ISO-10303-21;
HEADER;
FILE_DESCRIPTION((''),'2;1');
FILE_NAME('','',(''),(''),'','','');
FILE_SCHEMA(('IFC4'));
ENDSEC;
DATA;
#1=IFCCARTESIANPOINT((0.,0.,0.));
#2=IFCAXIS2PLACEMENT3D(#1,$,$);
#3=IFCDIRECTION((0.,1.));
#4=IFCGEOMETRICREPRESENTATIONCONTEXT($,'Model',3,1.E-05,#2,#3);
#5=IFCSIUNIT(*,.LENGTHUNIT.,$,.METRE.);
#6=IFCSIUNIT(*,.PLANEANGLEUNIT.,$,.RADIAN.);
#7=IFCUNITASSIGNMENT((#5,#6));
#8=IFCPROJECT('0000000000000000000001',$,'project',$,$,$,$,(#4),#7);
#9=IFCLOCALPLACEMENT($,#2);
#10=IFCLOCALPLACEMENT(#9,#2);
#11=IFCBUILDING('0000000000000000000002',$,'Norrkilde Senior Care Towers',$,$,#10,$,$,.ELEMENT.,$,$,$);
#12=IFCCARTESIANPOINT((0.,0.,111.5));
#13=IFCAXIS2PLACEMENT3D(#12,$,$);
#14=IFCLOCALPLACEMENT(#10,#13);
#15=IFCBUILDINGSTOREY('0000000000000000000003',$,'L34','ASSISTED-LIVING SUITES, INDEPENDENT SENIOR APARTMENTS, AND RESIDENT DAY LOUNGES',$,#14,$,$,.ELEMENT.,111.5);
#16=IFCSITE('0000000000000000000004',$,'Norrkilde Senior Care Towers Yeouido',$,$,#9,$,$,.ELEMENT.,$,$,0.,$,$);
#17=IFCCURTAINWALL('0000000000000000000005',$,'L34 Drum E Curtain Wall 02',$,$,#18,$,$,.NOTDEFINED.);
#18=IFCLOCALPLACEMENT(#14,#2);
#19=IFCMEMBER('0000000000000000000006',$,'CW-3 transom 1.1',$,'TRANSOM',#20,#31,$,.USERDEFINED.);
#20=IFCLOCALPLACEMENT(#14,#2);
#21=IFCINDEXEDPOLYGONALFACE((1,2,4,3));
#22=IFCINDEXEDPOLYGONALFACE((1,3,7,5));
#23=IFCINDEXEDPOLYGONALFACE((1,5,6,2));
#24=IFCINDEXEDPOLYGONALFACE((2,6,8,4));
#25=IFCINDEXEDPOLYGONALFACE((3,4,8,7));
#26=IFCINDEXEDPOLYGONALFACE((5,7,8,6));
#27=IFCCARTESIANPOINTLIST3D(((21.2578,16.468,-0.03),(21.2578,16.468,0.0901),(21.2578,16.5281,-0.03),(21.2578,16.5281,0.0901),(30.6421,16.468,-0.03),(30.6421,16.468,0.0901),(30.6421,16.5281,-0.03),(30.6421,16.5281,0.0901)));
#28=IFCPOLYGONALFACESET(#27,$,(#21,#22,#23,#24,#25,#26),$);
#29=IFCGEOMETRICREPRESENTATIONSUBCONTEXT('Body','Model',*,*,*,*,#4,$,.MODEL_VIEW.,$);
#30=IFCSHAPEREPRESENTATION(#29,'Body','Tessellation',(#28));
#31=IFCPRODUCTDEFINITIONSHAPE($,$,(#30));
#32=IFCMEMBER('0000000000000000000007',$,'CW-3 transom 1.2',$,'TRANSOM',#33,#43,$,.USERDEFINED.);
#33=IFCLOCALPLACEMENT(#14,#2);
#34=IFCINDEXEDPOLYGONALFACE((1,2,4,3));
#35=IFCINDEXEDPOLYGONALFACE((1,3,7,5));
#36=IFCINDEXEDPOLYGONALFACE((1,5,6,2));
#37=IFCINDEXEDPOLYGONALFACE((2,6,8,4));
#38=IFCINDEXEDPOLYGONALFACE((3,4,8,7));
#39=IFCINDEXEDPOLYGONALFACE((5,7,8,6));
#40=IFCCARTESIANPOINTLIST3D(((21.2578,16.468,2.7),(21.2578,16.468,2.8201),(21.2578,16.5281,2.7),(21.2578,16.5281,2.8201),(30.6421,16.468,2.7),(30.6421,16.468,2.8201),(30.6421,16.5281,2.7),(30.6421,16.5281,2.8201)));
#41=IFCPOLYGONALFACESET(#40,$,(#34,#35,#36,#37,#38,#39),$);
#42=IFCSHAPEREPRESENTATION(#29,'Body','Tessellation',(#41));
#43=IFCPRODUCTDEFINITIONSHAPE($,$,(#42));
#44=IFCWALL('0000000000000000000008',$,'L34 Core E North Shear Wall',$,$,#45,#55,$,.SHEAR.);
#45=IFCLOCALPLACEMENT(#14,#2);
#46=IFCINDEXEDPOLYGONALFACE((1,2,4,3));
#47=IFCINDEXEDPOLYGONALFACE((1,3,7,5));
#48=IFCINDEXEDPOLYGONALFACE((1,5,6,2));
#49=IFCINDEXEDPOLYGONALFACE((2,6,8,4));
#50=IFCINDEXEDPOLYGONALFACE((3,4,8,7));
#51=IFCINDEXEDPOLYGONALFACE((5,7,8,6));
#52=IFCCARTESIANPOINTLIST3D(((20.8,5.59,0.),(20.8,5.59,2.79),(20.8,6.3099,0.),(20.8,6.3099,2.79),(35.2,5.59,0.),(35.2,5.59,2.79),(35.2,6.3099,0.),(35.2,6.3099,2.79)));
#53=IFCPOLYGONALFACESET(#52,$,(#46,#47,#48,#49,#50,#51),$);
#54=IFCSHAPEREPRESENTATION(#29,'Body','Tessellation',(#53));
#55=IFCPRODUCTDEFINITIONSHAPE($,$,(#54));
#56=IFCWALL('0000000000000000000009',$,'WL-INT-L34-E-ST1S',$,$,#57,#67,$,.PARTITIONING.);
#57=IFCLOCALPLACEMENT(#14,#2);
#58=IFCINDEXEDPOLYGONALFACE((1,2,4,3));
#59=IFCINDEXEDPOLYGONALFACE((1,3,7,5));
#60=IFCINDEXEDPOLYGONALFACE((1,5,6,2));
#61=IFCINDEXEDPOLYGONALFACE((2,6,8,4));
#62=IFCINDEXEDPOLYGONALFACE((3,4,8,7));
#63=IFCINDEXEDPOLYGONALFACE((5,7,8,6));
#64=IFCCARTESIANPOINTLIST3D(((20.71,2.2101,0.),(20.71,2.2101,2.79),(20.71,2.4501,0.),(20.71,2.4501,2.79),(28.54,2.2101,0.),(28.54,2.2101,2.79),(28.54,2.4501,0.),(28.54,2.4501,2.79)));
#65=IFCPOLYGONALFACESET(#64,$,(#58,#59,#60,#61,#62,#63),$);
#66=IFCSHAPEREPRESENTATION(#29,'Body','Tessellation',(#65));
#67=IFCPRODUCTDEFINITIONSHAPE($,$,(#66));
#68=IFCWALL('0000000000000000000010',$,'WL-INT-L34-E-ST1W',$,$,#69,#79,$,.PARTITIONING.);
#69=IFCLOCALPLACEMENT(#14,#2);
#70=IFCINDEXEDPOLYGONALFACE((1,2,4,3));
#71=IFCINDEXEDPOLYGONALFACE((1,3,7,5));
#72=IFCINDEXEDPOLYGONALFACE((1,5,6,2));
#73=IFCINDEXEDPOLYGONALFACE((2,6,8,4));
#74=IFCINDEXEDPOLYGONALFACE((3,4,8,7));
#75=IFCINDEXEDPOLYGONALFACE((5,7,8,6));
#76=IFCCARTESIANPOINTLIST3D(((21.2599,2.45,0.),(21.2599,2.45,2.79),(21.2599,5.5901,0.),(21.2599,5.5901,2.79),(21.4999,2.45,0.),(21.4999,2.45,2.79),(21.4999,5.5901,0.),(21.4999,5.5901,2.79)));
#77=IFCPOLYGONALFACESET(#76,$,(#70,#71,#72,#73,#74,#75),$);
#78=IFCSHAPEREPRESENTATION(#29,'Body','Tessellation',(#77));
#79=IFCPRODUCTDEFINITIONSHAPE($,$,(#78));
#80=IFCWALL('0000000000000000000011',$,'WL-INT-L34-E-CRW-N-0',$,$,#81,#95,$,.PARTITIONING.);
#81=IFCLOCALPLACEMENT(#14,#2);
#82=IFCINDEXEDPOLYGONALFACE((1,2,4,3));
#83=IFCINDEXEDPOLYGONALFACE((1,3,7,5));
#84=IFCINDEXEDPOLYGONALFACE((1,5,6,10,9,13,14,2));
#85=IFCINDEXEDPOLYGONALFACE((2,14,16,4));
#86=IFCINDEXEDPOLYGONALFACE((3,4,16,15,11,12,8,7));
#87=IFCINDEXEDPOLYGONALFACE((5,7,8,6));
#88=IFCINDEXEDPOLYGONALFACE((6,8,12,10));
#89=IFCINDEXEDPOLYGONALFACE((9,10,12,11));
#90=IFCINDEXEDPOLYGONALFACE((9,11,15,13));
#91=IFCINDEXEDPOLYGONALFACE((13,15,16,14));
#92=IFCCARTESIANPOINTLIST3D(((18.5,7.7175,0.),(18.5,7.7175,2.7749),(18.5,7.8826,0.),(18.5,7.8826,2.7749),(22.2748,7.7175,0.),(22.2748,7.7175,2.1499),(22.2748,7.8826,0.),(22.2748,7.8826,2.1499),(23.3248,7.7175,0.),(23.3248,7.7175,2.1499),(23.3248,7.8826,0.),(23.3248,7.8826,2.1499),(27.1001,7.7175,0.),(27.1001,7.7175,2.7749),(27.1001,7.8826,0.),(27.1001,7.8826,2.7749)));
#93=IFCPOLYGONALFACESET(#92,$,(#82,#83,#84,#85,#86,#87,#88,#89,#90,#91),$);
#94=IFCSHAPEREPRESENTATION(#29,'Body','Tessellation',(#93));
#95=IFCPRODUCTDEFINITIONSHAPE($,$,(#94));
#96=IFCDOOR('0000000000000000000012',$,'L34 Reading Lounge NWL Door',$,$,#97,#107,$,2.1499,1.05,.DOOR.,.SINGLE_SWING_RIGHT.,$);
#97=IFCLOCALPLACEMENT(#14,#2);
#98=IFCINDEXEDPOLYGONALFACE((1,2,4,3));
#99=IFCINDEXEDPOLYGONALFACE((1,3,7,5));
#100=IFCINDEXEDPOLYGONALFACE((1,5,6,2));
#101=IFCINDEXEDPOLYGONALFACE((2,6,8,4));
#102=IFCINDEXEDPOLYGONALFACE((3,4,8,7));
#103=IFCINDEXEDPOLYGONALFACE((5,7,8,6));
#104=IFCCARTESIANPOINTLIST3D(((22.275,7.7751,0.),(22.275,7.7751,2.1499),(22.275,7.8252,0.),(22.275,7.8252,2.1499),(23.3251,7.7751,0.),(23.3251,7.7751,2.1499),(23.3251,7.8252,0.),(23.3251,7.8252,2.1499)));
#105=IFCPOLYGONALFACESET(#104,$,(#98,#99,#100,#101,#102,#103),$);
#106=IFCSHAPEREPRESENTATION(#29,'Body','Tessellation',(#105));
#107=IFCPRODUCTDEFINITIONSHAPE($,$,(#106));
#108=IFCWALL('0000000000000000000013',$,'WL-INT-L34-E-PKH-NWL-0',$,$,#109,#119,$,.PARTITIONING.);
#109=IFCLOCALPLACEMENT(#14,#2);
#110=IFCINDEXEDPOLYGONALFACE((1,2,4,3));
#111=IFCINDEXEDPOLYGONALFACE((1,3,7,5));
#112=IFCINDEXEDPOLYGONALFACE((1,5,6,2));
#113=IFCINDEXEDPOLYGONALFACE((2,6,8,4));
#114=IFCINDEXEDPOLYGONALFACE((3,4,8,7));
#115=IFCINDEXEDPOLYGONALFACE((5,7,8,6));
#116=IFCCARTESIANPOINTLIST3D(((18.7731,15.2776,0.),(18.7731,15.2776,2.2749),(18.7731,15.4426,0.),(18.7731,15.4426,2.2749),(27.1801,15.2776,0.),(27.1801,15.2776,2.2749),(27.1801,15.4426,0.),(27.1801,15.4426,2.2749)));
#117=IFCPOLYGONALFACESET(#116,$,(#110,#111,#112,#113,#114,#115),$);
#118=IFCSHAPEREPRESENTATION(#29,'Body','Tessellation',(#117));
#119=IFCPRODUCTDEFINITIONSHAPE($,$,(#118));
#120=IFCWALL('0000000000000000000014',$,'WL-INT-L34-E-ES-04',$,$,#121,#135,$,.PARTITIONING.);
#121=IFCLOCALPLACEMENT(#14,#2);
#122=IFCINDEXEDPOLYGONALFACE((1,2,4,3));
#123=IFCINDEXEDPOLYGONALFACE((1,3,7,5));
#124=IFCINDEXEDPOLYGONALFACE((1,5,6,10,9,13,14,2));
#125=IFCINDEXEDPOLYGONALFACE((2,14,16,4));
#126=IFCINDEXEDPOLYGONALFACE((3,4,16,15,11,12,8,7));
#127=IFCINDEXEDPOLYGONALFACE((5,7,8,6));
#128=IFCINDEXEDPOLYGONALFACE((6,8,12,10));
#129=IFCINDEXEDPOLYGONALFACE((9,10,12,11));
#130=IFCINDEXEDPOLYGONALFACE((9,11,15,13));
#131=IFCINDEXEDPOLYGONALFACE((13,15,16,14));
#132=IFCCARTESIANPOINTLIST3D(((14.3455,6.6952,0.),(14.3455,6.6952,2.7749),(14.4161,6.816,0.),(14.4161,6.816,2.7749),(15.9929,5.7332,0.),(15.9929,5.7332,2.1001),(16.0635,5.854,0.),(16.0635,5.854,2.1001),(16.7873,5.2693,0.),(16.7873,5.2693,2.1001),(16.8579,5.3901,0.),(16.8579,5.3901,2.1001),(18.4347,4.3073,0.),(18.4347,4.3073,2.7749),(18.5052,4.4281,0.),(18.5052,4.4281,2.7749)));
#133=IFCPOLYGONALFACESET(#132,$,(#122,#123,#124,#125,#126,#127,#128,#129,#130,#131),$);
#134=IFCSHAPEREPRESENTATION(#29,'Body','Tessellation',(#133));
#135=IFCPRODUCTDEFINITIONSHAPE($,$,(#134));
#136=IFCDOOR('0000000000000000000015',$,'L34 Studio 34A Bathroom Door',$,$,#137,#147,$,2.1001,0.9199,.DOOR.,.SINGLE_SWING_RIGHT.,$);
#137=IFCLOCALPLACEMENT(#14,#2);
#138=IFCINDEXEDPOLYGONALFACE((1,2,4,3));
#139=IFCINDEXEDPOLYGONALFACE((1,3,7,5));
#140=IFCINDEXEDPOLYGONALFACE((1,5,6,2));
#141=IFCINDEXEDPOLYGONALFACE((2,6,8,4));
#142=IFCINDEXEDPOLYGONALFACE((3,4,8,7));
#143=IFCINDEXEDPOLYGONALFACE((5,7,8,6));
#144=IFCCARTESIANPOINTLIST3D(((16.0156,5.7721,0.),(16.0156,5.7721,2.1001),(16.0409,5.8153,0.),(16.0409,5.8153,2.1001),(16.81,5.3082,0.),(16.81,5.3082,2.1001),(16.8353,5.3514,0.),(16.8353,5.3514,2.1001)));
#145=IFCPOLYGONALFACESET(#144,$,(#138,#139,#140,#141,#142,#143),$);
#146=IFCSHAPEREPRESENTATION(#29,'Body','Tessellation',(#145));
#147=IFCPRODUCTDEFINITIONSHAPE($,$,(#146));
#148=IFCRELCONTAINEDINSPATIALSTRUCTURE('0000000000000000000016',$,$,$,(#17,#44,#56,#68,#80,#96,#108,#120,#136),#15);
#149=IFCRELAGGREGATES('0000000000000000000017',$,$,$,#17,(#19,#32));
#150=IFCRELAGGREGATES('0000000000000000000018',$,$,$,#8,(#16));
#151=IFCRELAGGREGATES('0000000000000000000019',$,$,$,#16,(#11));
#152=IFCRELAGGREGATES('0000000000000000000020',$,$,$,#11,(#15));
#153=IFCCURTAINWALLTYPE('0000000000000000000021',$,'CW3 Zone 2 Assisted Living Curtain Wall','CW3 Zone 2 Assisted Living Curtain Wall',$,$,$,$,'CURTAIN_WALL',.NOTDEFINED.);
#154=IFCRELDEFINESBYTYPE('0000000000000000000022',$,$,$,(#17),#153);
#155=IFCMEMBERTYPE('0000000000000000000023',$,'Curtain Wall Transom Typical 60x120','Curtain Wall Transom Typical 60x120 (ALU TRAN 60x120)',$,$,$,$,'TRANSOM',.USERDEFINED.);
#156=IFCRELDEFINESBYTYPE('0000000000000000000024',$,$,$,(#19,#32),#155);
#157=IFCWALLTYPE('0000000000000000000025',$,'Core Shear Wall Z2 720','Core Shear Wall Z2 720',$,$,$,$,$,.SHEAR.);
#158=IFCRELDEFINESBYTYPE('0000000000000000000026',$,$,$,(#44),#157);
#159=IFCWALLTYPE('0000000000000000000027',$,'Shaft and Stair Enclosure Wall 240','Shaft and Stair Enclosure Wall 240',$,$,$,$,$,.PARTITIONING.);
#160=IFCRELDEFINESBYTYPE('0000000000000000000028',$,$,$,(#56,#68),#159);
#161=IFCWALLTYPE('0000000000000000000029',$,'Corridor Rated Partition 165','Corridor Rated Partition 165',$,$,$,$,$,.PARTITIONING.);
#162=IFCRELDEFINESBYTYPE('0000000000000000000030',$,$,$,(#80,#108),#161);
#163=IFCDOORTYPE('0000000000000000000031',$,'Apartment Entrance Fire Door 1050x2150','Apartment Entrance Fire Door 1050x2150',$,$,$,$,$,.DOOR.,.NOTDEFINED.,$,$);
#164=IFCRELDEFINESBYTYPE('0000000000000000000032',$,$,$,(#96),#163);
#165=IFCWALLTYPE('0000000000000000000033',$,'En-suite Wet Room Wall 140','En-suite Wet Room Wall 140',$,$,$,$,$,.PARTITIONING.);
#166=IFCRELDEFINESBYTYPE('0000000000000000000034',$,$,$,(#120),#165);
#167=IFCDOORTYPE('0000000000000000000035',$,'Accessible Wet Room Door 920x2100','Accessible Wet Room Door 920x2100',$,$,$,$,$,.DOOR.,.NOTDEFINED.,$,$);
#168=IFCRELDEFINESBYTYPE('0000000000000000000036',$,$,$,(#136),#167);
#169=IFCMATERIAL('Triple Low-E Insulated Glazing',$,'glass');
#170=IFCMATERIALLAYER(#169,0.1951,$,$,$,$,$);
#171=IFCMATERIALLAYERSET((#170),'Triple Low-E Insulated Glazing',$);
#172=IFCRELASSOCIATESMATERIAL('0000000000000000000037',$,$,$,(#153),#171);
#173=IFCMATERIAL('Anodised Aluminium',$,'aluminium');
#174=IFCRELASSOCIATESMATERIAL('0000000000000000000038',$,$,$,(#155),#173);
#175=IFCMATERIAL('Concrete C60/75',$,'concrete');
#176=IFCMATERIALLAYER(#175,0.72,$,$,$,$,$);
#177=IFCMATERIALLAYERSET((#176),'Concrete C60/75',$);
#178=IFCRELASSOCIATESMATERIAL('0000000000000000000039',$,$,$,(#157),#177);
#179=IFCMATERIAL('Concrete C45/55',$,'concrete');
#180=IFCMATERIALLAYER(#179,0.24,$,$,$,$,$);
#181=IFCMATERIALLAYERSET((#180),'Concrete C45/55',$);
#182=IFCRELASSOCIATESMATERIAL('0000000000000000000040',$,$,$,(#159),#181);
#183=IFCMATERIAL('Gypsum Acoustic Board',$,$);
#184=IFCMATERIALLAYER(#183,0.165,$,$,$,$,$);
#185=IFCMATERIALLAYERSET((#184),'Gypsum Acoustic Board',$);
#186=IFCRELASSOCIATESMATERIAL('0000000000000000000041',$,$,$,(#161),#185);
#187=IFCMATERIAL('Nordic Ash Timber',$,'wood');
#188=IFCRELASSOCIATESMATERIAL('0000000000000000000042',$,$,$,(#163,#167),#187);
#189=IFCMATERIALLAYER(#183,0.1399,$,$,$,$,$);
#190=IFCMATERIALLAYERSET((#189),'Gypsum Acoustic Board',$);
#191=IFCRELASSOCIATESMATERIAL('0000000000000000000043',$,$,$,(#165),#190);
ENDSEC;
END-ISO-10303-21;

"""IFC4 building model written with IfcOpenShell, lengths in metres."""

from ifc_helpers import new_model, si_unit, direction, frame, frame_2d, origin, origin_2d, place, context, subcontext, project, spatial, rectangle, extrude, source, transform, mapped, material, layer, layer_set, material_profile, profile_set, type_object, type_shapes, element, fill, aggregate, save


model = new_model("IFC4")

# Units and contexts
model_context = context("Model", 3, precision=1e-05, world=origin(), true_north=direction((0.0, 1.0)))
body_context = subcontext(model_context, "Body", "Model", "MODEL_VIEW")
ifc_project = project(units=[si_unit("LENGTHUNIT", "METRE"), si_unit("PLANEANGLEUNIT", "RADIAN")], contexts=[model_context])

# Site, building, storey
site_placement = place(None, origin())
site = spatial("IfcSite", under=ifc_project, at=site_placement, Name="Norrkilde Senior Care Towers Yeouido", CompositionType="ELEMENT", RefElevation=0.0)
building_placement = place(site_placement, origin())
building = spatial("IfcBuilding", under=site, at=building_placement, Name="Norrkilde Senior Care Towers", CompositionType="ELEMENT")
storey_placement = place(building_placement, frame((0.0, 0.0, 111.5)))
storey = spatial("IfcBuildingStorey", under=building, at=storey_placement, Name="L34", Description="ASSISTED-LIVING SUITES, INDEPENDENT SENIOR APARTMENTS, AND RESIDENT DAY LOUNGES", CompositionType="ELEMENT", Elevation=111.5)

# Shared definitions
ifc_material_1 = material(Name="Concrete C60/75", Category="concrete")

# Curtain wall
ifc_material_2 = material(Name="Triple Low-E Insulated Glazing", Category="glass")
ifc_layer_1 = layer(ifc_material_2, 0.1951)
ifc_layer_set_1 = layer_set([ifc_layer_1], Name="Triple Low-E Insulated Glazing")
curtain_wall_type = type_object("IfcCurtainWallType", Name="CW3 Zone 2 Assisted Living Curtain Wall", Description="CW3 Zone 2 Assisted Living Curtain Wall", ElementType="CURTAIN_WALL", PredefinedType="NOTDEFINED", material=ifc_layer_set_1)
curtain_wall_1_placement = place(storey_placement, origin())
curtain_wall_1 = element("IfcCurtainWall", 1, at=curtain_wall_1_placement, inside=storey, type_object=curtain_wall_type, Name="L34 Drum E Curtain Wall 02", PredefinedType="NOTDEFINED")
ifc_material_3 = material(Name="Anodised Aluminium", Category="aluminium")

# Members
ifc_material_profile_1 = material_profile(ifc_material_3, rectangle(XDim=0.0601, YDim=0.1201, at=origin_2d()), Name="ALU TRAN 60x120")
ifc_profile_set_1 = profile_set([ifc_material_profile_1], Name="Anodised Aluminium")
member_type_1 = type_object("IfcMemberType", Name="Curtain Wall Transom Typical 60x120", Description="Curtain Wall Transom Typical 60x120 (ALU TRAN 60x120)", ElementType="TRANSOM", PredefinedType="USERDEFINED", material=ifc_profile_set_1)
shared_shape_1 = source(origin(), body_context, "Body", "SweptSolid", [
    extrude(rectangle(XDim=0.0601, YDim=0.1201, at=origin_2d()), origin(), (0.0, 0.0, 1.0), 9.3843),
])
type_shapes(member_type_1, [shared_shape_1])
member_1_placement = place(storey_placement, frame((21.2578, 16.498, 0.03), z_axis=(1.0, 0.0, 0.0), x_axis=(0.0, 1.0, 0.0)))
member_1 = element("IfcMember", 2, at=member_1_placement, type_object=member_type_1, Name="CW-3 transom 1.1", ObjectType="TRANSOM", PredefinedType="USERDEFINED", context=body_context, shape_type="MappedRepresentation", body=[
    mapped(shared_shape_1, transform((0.0, 0.0, 0.0), x_axis=(1.0, 0.0, 0.0), y_axis=(0.0, 1.0, 0.0), z_axis=(0.0, 0.0, 1.0), scale=1.0)),
])
member_2_placement = place(storey_placement, frame((21.2578, 16.498, 2.76), z_axis=(1.0, 0.0, 0.0), x_axis=(0.0, 1.0, 0.0)))
member_2 = element("IfcMember", 3, at=member_2_placement, type_object=member_type_1, Name="CW-3 transom 1.2", ObjectType="TRANSOM", PredefinedType="USERDEFINED", context=body_context, shape_type="MappedRepresentation", body=[
    mapped(shared_shape_1, transform((0.0, 0.0, 0.0), x_axis=(1.0, 0.0, 0.0), y_axis=(0.0, 1.0, 0.0), z_axis=(0.0, 0.0, 1.0), scale=1.0)),
])
aggregate(curtain_wall_1, [member_1, member_2])

# Walls
ifc_layer_2 = layer(ifc_material_1, 0.72)
ifc_layer_set_2 = layer_set([ifc_layer_2], Name="Concrete C60/75")
wall_type_1 = type_object("IfcWallType", Name="Core Shear Wall Z2 720", Description="Core Shear Wall Z2 720", PredefinedType="SHEAR", material=ifc_layer_set_2)
shared_shape_2 = source(origin(), body_context, "Body", "SweptSolid", [
    extrude(rectangle(XDim=14.3999, YDim=0.72, at=frame_2d((7.2, 0.0))), origin(), (0.0, 0.0, 1.0), 2.79),
])
type_shapes(wall_type_1, [shared_shape_2])
wall_1_placement = place(storey_placement, frame((20.8, 5.95, 0.0), z_axis=(0.0, 0.0, 1.0), x_axis=(1.0, 0.0, 0.0)))
element("IfcWall", 4, at=wall_1_placement, inside=storey, type_object=wall_type_1, Name="L34 Core E North Shear Wall", PredefinedType="SHEAR", context=body_context, shape_type="MappedRepresentation", body=[
    mapped(shared_shape_2, transform((0.0, 0.0, 0.0), x_axis=(1.0, 0.0, 0.0), y_axis=(0.0, 1.0, 0.0), z_axis=(0.0, 0.0, 1.0), scale=1.0)),
])
ifc_material_4 = material(Name="Concrete C45/55", Category="concrete")
ifc_layer_3 = layer(ifc_material_4, 0.24)
ifc_layer_set_3 = layer_set([ifc_layer_3], Name="Concrete C45/55")
wall_type_2 = type_object("IfcWallType", Name="Shaft and Stair Enclosure Wall 240", Description="Shaft and Stair Enclosure Wall 240", PredefinedType="PARTITIONING", material=ifc_layer_set_3)
shared_shape_3 = source(origin(), body_context, "Body", "SweptSolid", [
    extrude(rectangle(XDim=7.8301, YDim=0.24, at=frame_2d((3.915, 0.0))), origin(), (0.0, 0.0, 1.0), 2.79),
])
wall_2_placement = place(storey_placement, frame((20.71, 2.3301, 0.0), z_axis=(0.0, 0.0, 1.0), x_axis=(1.0, 0.0, 0.0)))
element("IfcWall", 5, at=wall_2_placement, inside=storey, type_object=wall_type_2, Name="WL-INT-L34-E-ST1S", PredefinedType="PARTITIONING", context=body_context, shape_type="MappedRepresentation", body=[
    mapped(shared_shape_3, transform((0.0, 0.0, 0.0), x_axis=(1.0, 0.0, 0.0), y_axis=(0.0, 1.0, 0.0), z_axis=(0.0, 0.0, 1.0), scale=1.0)),
])
shared_shape_4 = source(origin(), body_context, "Body", "SweptSolid", [
    extrude(rectangle(XDim=3.1401, YDim=0.24, at=frame_2d((1.5701, 0.0))), origin(), (0.0, 0.0, 1.0), 2.79),
])
type_shapes(wall_type_2, [shared_shape_3, shared_shape_4])
wall_3_placement = place(storey_placement, frame((21.3799, 2.45, 0.0), z_axis=(0.0, 0.0, 1.0), x_axis=(0.0, 1.0, 0.0)))
element("IfcWall", 6, at=wall_3_placement, inside=storey, type_object=wall_type_2, Name="WL-INT-L34-E-ST1W", PredefinedType="PARTITIONING", context=body_context, shape_type="MappedRepresentation", body=[
    mapped(shared_shape_4, transform((0.0, 0.0, 0.0), x_axis=(1.0, 0.0, 0.0), y_axis=(0.0, 1.0, 0.0), z_axis=(0.0, 0.0, 1.0), scale=1.0)),
])

# Wall, opening, door
ifc_material_5 = material(Name="Gypsum Acoustic Board")
ifc_layer_4 = layer(ifc_material_5, 0.165)
ifc_layer_set_4 = layer_set([ifc_layer_4], Name="Gypsum Acoustic Board")
wall_type_3 = type_object("IfcWallType", Name="Corridor Rated Partition 165", Description="Corridor Rated Partition 165", PredefinedType="PARTITIONING", material=ifc_layer_set_4)
shared_shape_5 = source(origin(), body_context, "Body", "SweptSolid", [
    extrude(rectangle(XDim=8.6001, YDim=0.165, at=frame_2d((4.3, 0.0))), origin(), (0.0, 0.0, 1.0), 2.7749),
])
wall_4_placement = place(storey_placement, frame((18.5, 7.8, 0.0), z_axis=(0.0, 0.0, 1.0), x_axis=(1.0, 0.0, 0.0)))
wall_4 = element("IfcWall", 7, at=wall_4_placement, inside=storey, type_object=wall_type_3, Name="WL-INT-L34-E-CRW-N-0", PredefinedType="PARTITIONING", context=body_context, shape_type="MappedRepresentation", body=[
    mapped(shared_shape_5, transform((0.0, 0.0, 0.0), x_axis=(1.0, 0.0, 0.0), y_axis=(0.0, 1.0, 0.0), z_axis=(0.0, 0.0, 1.0), scale=1.0)),
])
opening_1_placement = place(wall_4_placement, frame((3.7749, 0.0, 0.0)))
opening_1 = element("IfcOpeningElement", 8, at=opening_1_placement, cuts=wall_4, PredefinedType="OPENING", context=body_context, shape_type="SweptSolid", body=[
    extrude(rectangle(XDim=1.05, YDim=2.1499, at=frame_2d((0.5249, 1.075))), frame((0.0, 0.0925, 0.0), z_axis=(0.0, -1.0, 0.0), x_axis=(1.0, 0.0, 0.0)), (0.0, 0.0, 1.0), 0.1851),
])
ifc_material_6 = material(Name="Nordic Ash Timber", Category="wood")
door_type_1 = type_object("IfcDoorType", Name="Apartment Entrance Fire Door 1050x2150", Description="Apartment Entrance Fire Door 1050x2150", OperationType="NOTDEFINED", PredefinedType="DOOR", material=ifc_material_6)
shared_shape_6 = source(origin(), body_context, "Body", "SweptSolid", [
    extrude(rectangle(XDim=1.05, YDim=2.1499, at=frame_2d((0.5249, 1.075))), frame((0.0, 0.0249, 0.0), z_axis=(0.0, -1.0, 0.0), x_axis=(1.0, 0.0, 0.0)), (0.0, 0.0, 1.0), 0.05),
])
type_shapes(door_type_1, [shared_shape_6])
door_1_placement = place(opening_1_placement, frame((1.05, 0.0, 0.0), z_axis=(0.0, 0.0, 1.0), x_axis=(-1.0, 0.0, 0.0)))
door_1 = element("IfcDoor", 9, at=door_1_placement, inside=storey, type_object=door_type_1, Name="L34 Reading Lounge NWL Door", OperationType="SINGLE_SWING_RIGHT", OverallHeight=2.1499, OverallWidth=1.05, PredefinedType="DOOR", context=body_context, shape_type="MappedRepresentation", body=[
    mapped(shared_shape_6, transform((0.0, 0.0, 0.0), x_axis=(1.0, 0.0, 0.0), y_axis=(0.0, 1.0, 0.0), z_axis=(0.0, 0.0, 1.0), scale=1.0)),
])
fill(opening_1, door_1)

# Wall
shared_shape_7 = source(origin(), body_context, "Body", "SweptSolid", [
    extrude(rectangle(XDim=8.407, YDim=0.165, at=frame_2d((4.2036, 0.0))), origin(), (0.0, 0.0, 1.0), 2.2749),
])
type_shapes(wall_type_3, [shared_shape_5, shared_shape_7])
wall_5_placement = place(storey_placement, frame((18.7729, 15.3601, 0.0), z_axis=(0.0, 0.0, 1.0), x_axis=(1.0, 0.0, 0.0)))
element("IfcWall", 10, at=wall_5_placement, inside=storey, type_object=wall_type_3, Name="WL-INT-L34-E-PKH-NWL-0", PredefinedType="PARTITIONING", context=body_context, shape_type="MappedRepresentation", body=[
    mapped(shared_shape_7, transform((0.0, 0.0, 0.0), x_axis=(1.0, 0.0, 0.0), y_axis=(0.0, 1.0, 0.0), z_axis=(0.0, 0.0, 1.0), scale=1.0)),
])

# Wall, opening, door
ifc_layer_5 = layer(ifc_material_5, 0.1399)
ifc_layer_set_5 = layer_set([ifc_layer_5], Name="Gypsum Acoustic Board")
wall_type_4 = type_object("IfcWallType", Name="En-suite Wet Room Wall 140", Description="En-suite Wet Room Wall 140", PredefinedType="PARTITIONING", material=ifc_layer_set_5)
shared_shape_8 = source(origin(), body_context, "Body", "SweptSolid", [
    extrude(rectangle(XDim=4.7354, YDim=0.1399, at=frame_2d((2.3677, 0.0))), origin(), (0.0, 0.0, 1.0), 2.7749),
])
type_shapes(wall_type_4, [shared_shape_8])
wall_6_placement = place(storey_placement, frame((18.47, 4.3677, 0.0), z_axis=(0.0, 0.0, 1.0), x_axis=(-0.863538, 0.504284, 0.0)))
wall_6 = element("IfcWall", 11, at=wall_6_placement, inside=storey, type_object=wall_type_4, Name="WL-INT-L34-E-ES-04", PredefinedType="PARTITIONING", context=body_context, shape_type="MappedRepresentation", body=[
    mapped(shared_shape_8, transform((0.0, 0.0, 0.0), x_axis=(1.0, 0.0, 0.0), y_axis=(0.0, 1.0, 0.0), z_axis=(0.0, 0.0, 1.0), scale=1.0)),
])
opening_2_placement = place(wall_6_placement, frame((1.9077, 0.0, 0.0)))
opening_2 = element("IfcOpeningElement", 12, at=opening_2_placement, cuts=wall_6, PredefinedType="OPENING", context=body_context, shape_type="SweptSolid", body=[
    extrude(rectangle(XDim=0.9199, YDim=2.1001, at=frame_2d((0.46, 1.05))), frame((0.0, 0.0798, 0.0), z_axis=(0.0, -1.0, 0.0), x_axis=(1.0, 0.0, 0.0)), (0.0, 0.0, 1.0), 0.1599),
])
door_type_2 = type_object("IfcDoorType", Name="Accessible Wet Room Door 920x2100", Description="Accessible Wet Room Door 920x2100", OperationType="NOTDEFINED", PredefinedType="DOOR", material=ifc_material_6)
shared_shape_9 = source(origin(), body_context, "Body", "SweptSolid", [
    extrude(rectangle(XDim=0.9199, YDim=2.1001, at=frame_2d((0.46, 1.05))), frame((0.0, 0.0249, 0.0), z_axis=(0.0, -1.0, 0.0), x_axis=(1.0, 0.0, 0.0)), (0.0, 0.0, 1.0), 0.05),
])
type_shapes(door_type_2, [shared_shape_9])
door_2_placement = place(opening_2_placement, origin())
door_2 = element("IfcDoor", 13, at=door_2_placement, inside=storey, type_object=door_type_2, Name="L34 Studio 34A Bathroom Door", OperationType="SINGLE_SWING_RIGHT", OverallHeight=2.1001, OverallWidth=0.9199, PredefinedType="DOOR", context=body_context, shape_type="MappedRepresentation", body=[
    mapped(shared_shape_9, transform((0.0, 0.0, 0.0), x_axis=(1.0, 0.0, 0.0), y_axis=(0.0, 1.0, 0.0), z_axis=(0.0, 0.0, 1.0), scale=1.0)),
])
fill(opening_2, door_2)

save(model, "model.ifc")
